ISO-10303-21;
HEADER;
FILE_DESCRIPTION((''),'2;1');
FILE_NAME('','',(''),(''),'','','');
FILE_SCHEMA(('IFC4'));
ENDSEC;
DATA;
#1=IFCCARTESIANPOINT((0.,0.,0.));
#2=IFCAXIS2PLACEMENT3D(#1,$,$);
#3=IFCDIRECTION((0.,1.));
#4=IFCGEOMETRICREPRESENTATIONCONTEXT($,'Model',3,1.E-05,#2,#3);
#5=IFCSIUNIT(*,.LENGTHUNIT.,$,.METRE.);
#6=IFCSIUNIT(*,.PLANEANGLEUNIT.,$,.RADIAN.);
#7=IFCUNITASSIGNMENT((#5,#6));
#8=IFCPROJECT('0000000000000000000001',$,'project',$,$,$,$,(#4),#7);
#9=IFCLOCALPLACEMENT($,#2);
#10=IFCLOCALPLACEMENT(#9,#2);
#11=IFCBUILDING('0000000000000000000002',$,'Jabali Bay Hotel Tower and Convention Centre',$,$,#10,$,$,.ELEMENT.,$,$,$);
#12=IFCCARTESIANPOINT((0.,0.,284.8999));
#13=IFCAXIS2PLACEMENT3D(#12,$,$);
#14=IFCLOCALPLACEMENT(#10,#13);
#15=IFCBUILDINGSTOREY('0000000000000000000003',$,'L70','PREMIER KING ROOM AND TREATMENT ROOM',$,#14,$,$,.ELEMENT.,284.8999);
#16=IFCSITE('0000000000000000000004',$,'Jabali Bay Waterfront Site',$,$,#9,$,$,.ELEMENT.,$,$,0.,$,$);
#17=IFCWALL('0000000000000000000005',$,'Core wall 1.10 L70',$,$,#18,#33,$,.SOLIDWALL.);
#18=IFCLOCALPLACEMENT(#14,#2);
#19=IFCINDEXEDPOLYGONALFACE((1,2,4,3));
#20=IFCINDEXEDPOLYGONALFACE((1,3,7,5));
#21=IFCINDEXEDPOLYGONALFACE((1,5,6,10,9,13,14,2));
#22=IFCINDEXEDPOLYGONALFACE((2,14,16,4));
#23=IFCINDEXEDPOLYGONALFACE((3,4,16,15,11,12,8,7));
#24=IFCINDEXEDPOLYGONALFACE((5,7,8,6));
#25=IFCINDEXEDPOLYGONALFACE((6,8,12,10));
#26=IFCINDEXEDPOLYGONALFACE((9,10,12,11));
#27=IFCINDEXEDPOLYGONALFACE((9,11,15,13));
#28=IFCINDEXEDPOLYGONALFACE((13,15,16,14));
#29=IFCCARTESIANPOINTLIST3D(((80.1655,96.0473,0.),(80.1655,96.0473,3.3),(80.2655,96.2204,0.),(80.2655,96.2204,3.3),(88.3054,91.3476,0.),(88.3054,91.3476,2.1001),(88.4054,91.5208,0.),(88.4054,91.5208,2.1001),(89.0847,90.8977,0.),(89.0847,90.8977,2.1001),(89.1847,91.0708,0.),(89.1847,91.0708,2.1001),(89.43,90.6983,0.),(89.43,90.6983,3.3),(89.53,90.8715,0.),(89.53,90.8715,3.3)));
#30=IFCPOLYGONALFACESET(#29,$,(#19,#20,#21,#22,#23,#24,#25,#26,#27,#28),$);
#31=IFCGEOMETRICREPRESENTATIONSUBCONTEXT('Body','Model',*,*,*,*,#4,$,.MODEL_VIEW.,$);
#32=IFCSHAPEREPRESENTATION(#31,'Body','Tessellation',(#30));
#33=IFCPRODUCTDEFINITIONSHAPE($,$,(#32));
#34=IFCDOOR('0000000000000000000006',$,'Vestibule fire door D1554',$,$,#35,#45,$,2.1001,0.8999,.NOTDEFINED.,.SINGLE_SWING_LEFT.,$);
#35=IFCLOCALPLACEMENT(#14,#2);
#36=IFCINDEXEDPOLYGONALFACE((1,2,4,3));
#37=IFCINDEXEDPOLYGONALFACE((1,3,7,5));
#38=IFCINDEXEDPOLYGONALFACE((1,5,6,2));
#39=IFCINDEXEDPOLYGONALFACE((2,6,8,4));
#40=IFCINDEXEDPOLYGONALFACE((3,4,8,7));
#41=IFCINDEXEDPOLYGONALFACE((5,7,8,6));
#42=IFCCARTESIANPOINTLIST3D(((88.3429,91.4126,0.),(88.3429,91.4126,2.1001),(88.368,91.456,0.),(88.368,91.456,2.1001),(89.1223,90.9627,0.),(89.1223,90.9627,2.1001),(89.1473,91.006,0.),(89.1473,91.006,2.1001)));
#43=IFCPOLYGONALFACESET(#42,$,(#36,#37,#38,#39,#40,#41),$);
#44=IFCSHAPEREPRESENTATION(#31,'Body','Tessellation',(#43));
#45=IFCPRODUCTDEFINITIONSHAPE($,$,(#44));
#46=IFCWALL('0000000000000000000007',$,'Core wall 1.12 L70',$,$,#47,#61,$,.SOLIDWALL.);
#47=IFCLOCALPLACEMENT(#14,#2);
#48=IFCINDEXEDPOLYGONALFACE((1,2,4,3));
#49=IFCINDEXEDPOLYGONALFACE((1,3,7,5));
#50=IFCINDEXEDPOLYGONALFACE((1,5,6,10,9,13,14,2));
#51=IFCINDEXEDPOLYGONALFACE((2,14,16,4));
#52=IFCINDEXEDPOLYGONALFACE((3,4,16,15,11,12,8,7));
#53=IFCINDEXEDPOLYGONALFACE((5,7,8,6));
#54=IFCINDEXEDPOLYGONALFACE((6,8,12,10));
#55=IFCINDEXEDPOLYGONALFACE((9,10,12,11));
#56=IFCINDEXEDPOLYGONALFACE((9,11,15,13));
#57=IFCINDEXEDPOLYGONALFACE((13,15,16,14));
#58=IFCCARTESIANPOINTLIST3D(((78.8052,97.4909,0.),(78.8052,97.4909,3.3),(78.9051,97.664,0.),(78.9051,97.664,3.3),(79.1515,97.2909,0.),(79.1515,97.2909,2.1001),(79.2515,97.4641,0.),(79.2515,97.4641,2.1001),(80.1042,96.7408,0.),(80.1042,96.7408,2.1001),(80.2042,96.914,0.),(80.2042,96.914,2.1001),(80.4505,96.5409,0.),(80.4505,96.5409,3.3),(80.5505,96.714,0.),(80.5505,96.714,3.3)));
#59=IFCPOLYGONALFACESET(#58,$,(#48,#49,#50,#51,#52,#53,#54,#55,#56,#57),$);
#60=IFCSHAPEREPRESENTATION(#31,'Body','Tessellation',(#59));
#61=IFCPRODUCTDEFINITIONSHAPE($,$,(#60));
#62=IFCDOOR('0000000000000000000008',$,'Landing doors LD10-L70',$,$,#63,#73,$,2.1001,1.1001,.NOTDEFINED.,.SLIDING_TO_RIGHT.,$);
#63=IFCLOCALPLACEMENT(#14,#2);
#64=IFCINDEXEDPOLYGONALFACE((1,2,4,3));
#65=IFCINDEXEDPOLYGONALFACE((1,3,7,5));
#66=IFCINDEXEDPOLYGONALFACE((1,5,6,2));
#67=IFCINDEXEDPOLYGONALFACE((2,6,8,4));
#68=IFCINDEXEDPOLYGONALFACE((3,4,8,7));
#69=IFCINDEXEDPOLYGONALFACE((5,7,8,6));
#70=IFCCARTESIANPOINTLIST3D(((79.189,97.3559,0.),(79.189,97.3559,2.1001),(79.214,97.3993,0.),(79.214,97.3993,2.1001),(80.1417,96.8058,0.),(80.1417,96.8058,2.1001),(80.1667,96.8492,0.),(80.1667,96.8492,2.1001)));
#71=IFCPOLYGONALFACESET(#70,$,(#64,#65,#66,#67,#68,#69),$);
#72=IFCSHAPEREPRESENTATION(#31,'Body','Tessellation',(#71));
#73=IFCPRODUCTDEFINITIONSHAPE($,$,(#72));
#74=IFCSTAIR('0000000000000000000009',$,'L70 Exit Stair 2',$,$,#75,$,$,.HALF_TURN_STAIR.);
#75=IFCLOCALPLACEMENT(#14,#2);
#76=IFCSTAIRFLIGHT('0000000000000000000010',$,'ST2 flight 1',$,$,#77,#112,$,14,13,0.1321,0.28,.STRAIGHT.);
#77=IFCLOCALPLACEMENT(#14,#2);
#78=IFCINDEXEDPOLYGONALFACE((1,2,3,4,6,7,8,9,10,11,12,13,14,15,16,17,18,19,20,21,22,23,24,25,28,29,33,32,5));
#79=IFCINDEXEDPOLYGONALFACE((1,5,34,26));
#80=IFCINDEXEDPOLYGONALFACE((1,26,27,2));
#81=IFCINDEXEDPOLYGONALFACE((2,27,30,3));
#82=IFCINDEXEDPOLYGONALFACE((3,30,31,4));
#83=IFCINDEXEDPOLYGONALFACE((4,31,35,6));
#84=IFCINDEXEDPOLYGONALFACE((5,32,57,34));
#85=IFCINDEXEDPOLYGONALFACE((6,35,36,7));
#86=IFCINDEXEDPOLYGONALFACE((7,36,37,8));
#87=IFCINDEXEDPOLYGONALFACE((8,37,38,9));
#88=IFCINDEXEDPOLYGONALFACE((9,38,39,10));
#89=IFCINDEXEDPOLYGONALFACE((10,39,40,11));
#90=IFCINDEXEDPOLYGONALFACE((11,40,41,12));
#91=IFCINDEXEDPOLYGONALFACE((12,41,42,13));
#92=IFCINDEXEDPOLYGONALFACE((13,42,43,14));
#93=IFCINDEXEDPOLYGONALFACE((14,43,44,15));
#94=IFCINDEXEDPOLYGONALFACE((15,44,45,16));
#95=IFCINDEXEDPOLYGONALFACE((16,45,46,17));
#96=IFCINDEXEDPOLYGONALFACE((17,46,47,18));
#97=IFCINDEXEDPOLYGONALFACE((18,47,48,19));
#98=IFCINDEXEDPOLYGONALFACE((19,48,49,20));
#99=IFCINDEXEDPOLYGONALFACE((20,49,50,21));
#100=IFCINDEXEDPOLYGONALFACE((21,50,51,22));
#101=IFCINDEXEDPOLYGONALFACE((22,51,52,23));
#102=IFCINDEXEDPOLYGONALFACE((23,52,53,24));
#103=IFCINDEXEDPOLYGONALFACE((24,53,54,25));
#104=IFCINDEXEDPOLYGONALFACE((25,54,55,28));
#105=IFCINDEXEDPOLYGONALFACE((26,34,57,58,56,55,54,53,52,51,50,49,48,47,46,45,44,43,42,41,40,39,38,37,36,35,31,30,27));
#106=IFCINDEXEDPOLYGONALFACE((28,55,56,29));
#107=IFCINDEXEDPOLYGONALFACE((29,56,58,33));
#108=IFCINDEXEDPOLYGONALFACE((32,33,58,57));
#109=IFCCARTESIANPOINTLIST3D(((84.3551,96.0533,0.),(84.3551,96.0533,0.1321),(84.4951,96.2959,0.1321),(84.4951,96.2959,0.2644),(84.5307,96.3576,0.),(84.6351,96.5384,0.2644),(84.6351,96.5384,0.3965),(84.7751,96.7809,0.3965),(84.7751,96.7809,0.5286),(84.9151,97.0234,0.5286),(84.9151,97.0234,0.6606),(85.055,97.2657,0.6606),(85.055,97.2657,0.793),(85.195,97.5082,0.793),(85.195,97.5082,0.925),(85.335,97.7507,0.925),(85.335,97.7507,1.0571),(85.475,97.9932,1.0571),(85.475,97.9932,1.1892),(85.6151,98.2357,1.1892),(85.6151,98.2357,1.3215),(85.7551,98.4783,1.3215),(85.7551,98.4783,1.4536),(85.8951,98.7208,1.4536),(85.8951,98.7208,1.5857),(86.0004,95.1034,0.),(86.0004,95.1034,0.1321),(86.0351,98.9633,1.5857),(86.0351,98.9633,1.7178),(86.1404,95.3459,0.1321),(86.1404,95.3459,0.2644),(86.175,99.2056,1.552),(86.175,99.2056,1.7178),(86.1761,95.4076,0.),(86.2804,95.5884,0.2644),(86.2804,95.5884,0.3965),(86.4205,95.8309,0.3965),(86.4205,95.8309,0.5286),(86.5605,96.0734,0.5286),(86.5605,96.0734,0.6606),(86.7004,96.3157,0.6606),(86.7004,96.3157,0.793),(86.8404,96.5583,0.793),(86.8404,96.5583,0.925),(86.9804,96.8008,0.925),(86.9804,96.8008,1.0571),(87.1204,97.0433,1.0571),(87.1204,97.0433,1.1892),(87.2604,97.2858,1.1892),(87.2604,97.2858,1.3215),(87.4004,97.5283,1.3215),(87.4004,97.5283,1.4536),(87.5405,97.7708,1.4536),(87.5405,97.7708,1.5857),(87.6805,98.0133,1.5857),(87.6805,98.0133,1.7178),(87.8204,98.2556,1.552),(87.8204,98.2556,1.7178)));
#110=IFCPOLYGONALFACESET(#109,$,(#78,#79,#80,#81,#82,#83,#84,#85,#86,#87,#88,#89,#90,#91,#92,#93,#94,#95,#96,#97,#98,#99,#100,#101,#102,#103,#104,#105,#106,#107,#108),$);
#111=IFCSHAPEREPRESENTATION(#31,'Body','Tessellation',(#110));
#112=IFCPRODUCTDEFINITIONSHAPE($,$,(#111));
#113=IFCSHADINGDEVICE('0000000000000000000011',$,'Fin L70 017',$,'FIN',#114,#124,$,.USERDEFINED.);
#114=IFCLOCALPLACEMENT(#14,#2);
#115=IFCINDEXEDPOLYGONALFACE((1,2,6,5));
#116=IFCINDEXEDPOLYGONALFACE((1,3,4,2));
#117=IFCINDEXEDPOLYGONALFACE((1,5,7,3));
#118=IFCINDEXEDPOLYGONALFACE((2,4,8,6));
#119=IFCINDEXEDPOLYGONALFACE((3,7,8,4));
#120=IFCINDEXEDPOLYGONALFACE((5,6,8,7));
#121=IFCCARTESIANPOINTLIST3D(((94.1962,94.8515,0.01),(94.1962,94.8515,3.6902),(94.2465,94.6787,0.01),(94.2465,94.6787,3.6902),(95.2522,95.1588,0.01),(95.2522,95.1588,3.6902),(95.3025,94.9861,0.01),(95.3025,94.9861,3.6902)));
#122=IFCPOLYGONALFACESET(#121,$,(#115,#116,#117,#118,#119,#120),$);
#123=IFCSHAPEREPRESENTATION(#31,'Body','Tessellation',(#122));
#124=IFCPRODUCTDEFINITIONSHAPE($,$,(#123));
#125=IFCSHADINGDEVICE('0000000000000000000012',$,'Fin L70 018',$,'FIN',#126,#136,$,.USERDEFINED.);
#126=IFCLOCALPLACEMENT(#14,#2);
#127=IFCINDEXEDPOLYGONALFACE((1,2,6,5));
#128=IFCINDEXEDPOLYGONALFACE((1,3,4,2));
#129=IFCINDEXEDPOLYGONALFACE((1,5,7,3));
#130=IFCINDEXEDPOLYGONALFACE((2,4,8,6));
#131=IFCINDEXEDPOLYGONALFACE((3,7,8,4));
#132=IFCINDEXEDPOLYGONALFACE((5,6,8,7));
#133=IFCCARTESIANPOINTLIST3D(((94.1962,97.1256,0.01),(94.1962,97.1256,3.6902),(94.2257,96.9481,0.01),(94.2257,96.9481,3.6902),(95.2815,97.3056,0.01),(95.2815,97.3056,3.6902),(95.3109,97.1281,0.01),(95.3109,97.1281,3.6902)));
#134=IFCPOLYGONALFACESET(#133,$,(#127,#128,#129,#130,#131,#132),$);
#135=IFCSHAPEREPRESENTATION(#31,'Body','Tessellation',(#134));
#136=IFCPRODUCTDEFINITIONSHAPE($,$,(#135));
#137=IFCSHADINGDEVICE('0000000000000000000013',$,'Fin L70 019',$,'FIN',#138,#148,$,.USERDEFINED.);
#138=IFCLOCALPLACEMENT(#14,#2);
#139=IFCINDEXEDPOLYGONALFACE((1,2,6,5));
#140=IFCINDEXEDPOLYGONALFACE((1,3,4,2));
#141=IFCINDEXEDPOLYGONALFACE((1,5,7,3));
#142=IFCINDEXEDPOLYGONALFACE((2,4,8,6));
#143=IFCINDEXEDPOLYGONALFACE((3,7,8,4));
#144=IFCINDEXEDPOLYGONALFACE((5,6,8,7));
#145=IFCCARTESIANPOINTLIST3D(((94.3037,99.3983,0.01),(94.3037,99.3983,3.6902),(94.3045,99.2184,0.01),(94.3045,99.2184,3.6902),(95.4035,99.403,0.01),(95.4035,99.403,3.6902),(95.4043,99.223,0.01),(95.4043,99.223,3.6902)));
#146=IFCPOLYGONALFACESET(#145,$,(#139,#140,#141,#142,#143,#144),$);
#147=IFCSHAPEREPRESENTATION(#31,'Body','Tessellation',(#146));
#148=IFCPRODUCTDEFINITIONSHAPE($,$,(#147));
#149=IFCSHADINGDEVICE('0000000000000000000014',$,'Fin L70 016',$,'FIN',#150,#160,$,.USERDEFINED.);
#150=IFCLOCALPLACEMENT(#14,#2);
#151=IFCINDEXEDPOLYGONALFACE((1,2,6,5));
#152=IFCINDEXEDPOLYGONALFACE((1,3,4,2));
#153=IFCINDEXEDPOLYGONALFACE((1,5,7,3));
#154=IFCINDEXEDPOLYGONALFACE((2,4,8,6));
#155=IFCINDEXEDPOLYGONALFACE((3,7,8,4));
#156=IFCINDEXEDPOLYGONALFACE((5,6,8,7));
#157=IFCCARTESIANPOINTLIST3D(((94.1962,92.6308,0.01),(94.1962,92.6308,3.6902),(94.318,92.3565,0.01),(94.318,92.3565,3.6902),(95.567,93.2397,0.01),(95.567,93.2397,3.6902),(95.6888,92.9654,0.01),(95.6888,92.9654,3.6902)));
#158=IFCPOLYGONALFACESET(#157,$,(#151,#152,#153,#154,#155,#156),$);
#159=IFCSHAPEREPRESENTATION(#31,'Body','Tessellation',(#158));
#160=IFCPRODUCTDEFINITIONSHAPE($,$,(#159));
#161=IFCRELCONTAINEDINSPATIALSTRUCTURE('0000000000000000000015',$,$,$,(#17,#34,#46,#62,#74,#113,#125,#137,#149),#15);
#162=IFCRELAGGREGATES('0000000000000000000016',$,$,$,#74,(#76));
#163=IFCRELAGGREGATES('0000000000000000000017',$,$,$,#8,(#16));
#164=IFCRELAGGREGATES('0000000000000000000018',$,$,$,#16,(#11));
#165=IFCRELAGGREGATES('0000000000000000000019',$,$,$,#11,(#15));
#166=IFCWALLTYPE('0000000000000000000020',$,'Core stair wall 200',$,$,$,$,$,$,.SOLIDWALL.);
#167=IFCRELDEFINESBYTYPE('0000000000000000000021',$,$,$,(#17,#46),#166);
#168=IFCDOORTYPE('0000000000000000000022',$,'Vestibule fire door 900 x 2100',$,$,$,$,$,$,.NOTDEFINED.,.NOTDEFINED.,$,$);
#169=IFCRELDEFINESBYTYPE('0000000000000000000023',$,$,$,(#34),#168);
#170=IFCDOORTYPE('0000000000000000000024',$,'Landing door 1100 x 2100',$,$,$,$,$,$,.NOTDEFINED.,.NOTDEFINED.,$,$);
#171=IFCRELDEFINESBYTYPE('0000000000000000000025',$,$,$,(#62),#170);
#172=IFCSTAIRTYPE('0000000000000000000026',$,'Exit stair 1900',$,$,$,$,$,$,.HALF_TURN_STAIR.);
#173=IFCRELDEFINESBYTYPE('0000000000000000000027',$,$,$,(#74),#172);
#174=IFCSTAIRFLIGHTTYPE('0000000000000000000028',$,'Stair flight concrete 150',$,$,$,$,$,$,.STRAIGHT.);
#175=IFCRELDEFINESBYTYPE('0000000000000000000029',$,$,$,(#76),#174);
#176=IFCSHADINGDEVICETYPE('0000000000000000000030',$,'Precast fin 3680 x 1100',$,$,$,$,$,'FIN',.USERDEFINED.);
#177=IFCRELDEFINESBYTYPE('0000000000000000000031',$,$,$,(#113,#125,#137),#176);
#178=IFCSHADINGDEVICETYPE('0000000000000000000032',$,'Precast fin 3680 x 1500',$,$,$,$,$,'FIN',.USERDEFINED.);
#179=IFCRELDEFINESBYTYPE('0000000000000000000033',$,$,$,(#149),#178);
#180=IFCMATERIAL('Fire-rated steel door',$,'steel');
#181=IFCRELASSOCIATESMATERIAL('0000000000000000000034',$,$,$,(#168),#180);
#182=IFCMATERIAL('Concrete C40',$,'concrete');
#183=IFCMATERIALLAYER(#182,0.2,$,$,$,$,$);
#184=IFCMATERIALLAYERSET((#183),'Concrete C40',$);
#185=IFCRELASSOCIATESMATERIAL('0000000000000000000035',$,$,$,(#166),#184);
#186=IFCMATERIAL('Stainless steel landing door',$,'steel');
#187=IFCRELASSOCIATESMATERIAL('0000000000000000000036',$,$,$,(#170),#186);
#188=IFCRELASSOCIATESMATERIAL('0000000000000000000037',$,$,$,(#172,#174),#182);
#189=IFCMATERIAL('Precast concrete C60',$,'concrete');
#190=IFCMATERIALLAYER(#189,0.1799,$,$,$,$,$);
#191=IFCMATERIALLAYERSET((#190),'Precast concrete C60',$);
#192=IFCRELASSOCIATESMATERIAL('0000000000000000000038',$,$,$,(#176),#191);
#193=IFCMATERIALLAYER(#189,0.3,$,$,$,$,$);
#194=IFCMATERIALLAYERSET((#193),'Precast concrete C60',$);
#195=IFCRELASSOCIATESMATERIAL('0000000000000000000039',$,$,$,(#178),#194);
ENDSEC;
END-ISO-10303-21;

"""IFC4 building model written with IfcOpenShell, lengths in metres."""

from ifc_helpers import new_model, si_unit, direction, frame, frame_2d, origin, place, context, subcontext, project, spatial, polyline, rectangle, outline, extrude, material, layer, layer_set, type_object, element, fill, aggregate, save


model = new_model("IFC4")

# Units and contexts
model_context = context("Model", 3, precision=1e-05, world=origin(), true_north=direction((0.0, 1.0)))
body_context = subcontext(model_context, "Body", "Model", "MODEL_VIEW")
ifc_project = project(units=[si_unit("LENGTHUNIT", "METRE"), si_unit("PLANEANGLEUNIT", "RADIAN")], contexts=[model_context])

# Site, building, storey
site_placement = place(None, origin())
site = spatial("IfcSite", under=ifc_project, at=site_placement, Name="Jabali Bay Waterfront Site", CompositionType="ELEMENT", RefElevation=0.0)
building_placement = place(site_placement, origin())
building = spatial("IfcBuilding", under=site, at=building_placement, Name="Jabali Bay Hotel Tower and Convention Centre", CompositionType="ELEMENT")
storey_placement = place(building_placement, frame((0.0, 0.0, 284.8999)))
storey = spatial("IfcBuildingStorey", under=building, at=storey_placement, Name="L70", Description="PREMIER KING ROOM AND TREATMENT ROOM", CompositionType="ELEMENT", Elevation=284.8999)

# Shared definitions
ifc_material_1 = material(Name="Concrete C40", Category="concrete")
ifc_material_2 = material(Name="Fire-rated steel door", Category="steel")
door_type_1 = type_object("IfcDoorType", Name="Vestibule fire door 900 x 2100", OperationType="NOTDEFINED", PredefinedType="NOTDEFINED", material=ifc_material_2)

# Shared definitions
ifc_layer_1 = layer(ifc_material_1, 0.2)
ifc_layer_set_1 = layer_set([ifc_layer_1], Name="Concrete C40")
wall_type_1 = type_object("IfcWallType", Name="Core stair wall 200", PredefinedType="SOLIDWALL", material=ifc_layer_set_1)

# Walls, openings, doors
wall_1_placement = place(storey_placement, frame((89.48, 90.7849, 0.0), z_axis=(0.0, 0.0, 1.0), x_axis=(-0.866023, 0.500005, 0.0)))
wall_1 = element("IfcWall", 1, at=wall_1_placement, inside=storey, type_object=wall_type_1, Name="Core wall 1.10 L70", PredefinedType="SOLIDWALL", context=body_context, shape_type="SweptSolid", body=[
    extrude(rectangle(XDim=10.6978, YDim=0.2, at=frame_2d((5.3489, 0.0))), origin(), (0.0, 0.0, 1.0), 3.3),
])
opening_1_placement = place(wall_1_placement, frame((0.3987, 0.0, 0.0)))
opening_1 = element("IfcOpeningElement", 2, at=opening_1_placement, cuts=wall_1, PredefinedType="OPENING", context=body_context, shape_type="SweptSolid", body=[
    extrude(rectangle(XDim=0.8999, YDim=2.1001, at=frame_2d((0.45, 1.05))), frame((0.0, 0.1104, 0.0), z_axis=(0.0, -1.0, 0.0), x_axis=(1.0, 0.0, 0.0)), (0.0, 0.0, 1.0), 0.2209),
])
door_1_placement = place(opening_1_placement, origin())
door_1 = element("IfcDoor", 3, at=door_1_placement, inside=storey, type_object=door_type_1, Name="Vestibule fire door D1554", OperationType="SINGLE_SWING_LEFT", OverallHeight=2.1001, OverallWidth=0.8999, PredefinedType="NOTDEFINED", context=body_context, shape_type="SweptSolid", body=[
    extrude(rectangle(XDim=0.8999, YDim=2.1001, at=frame_2d((0.45, 1.05))), frame((0.0, 0.0249, 0.0), z_axis=(0.0, -1.0, 0.0), x_axis=(1.0, 0.0, 0.0)), (0.0, 0.0, 1.0), 0.05),
])
fill(opening_1, door_1)
wall_2_placement = place(storey_placement, frame((80.5005, 96.6274, 0.0), z_axis=(0.0, 0.0, 1.0), x_axis=(-0.866012, 0.500023, 0.0)))
wall_2 = element("IfcWall", 4, at=wall_2_placement, inside=storey, type_object=wall_type_1, Name="Core wall 1.12 L70", PredefinedType="SOLIDWALL", context=body_context, shape_type="SweptSolid", body=[
    extrude(rectangle(XDim=1.8999, YDim=0.2, at=frame_2d((0.95, 0.0))), origin(), (0.0, 0.0, 1.0), 3.3),
])
opening_2_placement = place(wall_2_placement, frame((0.3999, 0.0, 0.0)))
opening_2 = element("IfcOpeningElement", 5, at=opening_2_placement, cuts=wall_2, PredefinedType="OPENING", context=body_context, shape_type="SweptSolid", body=[
    extrude(rectangle(XDim=1.1001, YDim=2.1001, at=frame_2d((0.55, 1.05))), frame((0.0, 0.1104, 0.0), z_axis=(0.0, -1.0, 0.0), x_axis=(1.0, 0.0, 0.0)), (0.0, 0.0, 1.0), 0.2209),
])
ifc_material_3 = material(Name="Stainless steel landing door", Category="steel")
door_type_2 = type_object("IfcDoorType", Name="Landing door 1100 x 2100", OperationType="NOTDEFINED", PredefinedType="NOTDEFINED", material=ifc_material_3)
door_2_placement = place(opening_2_placement, origin())
door_2 = element("IfcDoor", 6, at=door_2_placement, inside=storey, type_object=door_type_2, Name="Landing doors LD10-L70", OperationType="SLIDING_TO_RIGHT", OverallHeight=2.1001, OverallWidth=1.1001, PredefinedType="NOTDEFINED", context=body_context, shape_type="SweptSolid", body=[
    extrude(rectangle(XDim=1.1001, YDim=2.1001, at=frame_2d((0.55, 1.05))), frame((0.0, 0.0249, 0.0), z_axis=(0.0, -1.0, 0.0), x_axis=(1.0, 0.0, 0.0)), (0.0, 0.0, 1.0), 0.05),
])
fill(opening_2, door_2)

# Stair, stair flight
stair_type = type_object("IfcStairType", Name="Exit stair 1900", PredefinedType="HALF_TURN_STAIR", material=ifc_material_1)
stair_placement = place(storey_placement, origin())
stair = element("IfcStair", 7, at=stair_placement, inside=storey, type_object=stair_type, Name="L70 Exit Stair 2", PredefinedType="HALF_TURN_STAIR")
stair_flight_type = type_object("IfcStairFlightType", Name="Stair flight concrete 150", PredefinedType="STRAIGHT", material=ifc_material_1)
stair_flight_placement = place(storey_placement, frame((85.1777, 95.5784, 0.0), z_axis=(0.0, 0.0, 1.0), x_axis=(0.5, 0.866025, 0.0)))
stair_flight = element("IfcStairFlight", 8, at=stair_flight_placement, type_object=stair_flight_type, Name="ST2 flight 1", NumberOfRisers=14, NumberOfTreads=13, PredefinedType="STRAIGHT", RiserHeight=0.1321, TreadLength=0.28, context=body_context, shape_type="SweptSolid", body=[
    extrude(outline(polyline([(0.0, 0.0), (0.0, 0.1321), (0.28, 0.1321), (0.28, 0.2644), (0.5601, 0.2644), (0.5601, 0.3965), (0.8401, 0.3965), (0.8401, 0.5286), (1.1201, 0.5286), (1.1201, 0.6606), (1.3999, 0.6606), (1.3999, 0.793), (1.6799, 0.793), (1.6799, 0.925), (1.96, 0.925), (1.96, 1.0571), (2.24, 1.0571), (2.24, 1.1892), (2.52, 1.1892), (2.52, 1.3215), (2.8, 1.3215), (2.8, 1.4536), (3.0801, 1.4536), (3.0801, 1.5857), (3.3601, 1.5857), (3.3601, 1.7178), (3.6399, 1.7178), (3.6399, 1.8501), (3.6399, 1.552), (0.3513, 0.0), (0.0, 0.0)])), frame((0.0, 0.95, 0.0), z_axis=(0.0, -1.0, 0.0), x_axis=(1.0, 0.0, 0.0)), (0.0, 0.0, 1.0), 1.8999),
])
aggregate(stair, [stair_flight])

# Shading devices
ifc_material_4 = material(Name="Precast concrete C60", Category="concrete")
ifc_layer_2 = layer(ifc_material_4, 0.1799)
ifc_layer_set_2 = layer_set([ifc_layer_2], Name="Precast concrete C60")
shading_device_type_1 = type_object("IfcShadingDeviceType", Name="Precast fin 3680 x 1100", ElementType="FIN", PredefinedType="USERDEFINED", material=ifc_layer_set_2)
shading_device_1_placement = place(storey_placement, frame((94.2214, 94.7651, 0.01), z_axis=(0.0, 0.0, 1.0), x_axis=(0.960164, 0.279437, 0.0)))
element("IfcShadingDevice", 9, at=shading_device_1_placement, inside=storey, type_object=shading_device_type_1, Name="Fin L70 017", ObjectType="FIN", PredefinedType="USERDEFINED", context=body_context, shape_type="SweptSolid", body=[
    extrude(rectangle(XDim=1.0999, YDim=0.1799, at=frame_2d((0.5498, 0.0))), origin(), (0.0, 0.0, 1.0), 3.6802),
])
shading_device_2_placement = place(storey_placement, frame((94.2109, 97.0369, 0.01), z_axis=(0.0, 0.0, 1.0), x_axis=(0.986532, 0.163571, 0.0)))
element("IfcShadingDevice", 10, at=shading_device_2_placement, inside=storey, type_object=shading_device_type_1, Name="Fin L70 018", ObjectType="FIN", PredefinedType="USERDEFINED", context=body_context, shape_type="SweptSolid", body=[
    extrude(rectangle(XDim=1.1001, YDim=0.1799, at=frame_2d((0.55, 0.0))), origin(), (0.0, 0.0, 1.0), 3.6802),
])
shading_device_3_placement = place(storey_placement, frame((94.3042, 99.3083, 0.01), z_axis=(0.0, 0.0, 1.0), x_axis=(0.999991, 0.004217, 0.0)))
element("IfcShadingDevice", 11, at=shading_device_3_placement, inside=storey, type_object=shading_device_type_1, Name="Fin L70 019", ObjectType="FIN", PredefinedType="USERDEFINED", context=body_context, shape_type="SweptSolid", body=[
    extrude(rectangle(XDim=1.0999, YDim=0.1799, at=frame_2d((0.5498, 0.0))), origin(), (0.0, 0.0, 1.0), 3.6802),
])
ifc_layer_3 = layer(ifc_material_4, 0.3)
ifc_layer_set_3 = layer_set([ifc_layer_3], Name="Precast concrete C60")
shading_device_type_2 = type_object("IfcShadingDeviceType", Name="Precast fin 3680 x 1500", ElementType="FIN", PredefinedType="USERDEFINED", material=ifc_layer_set_3)
shading_device_4_placement = place(storey_placement, frame((94.2571, 92.4937, 0.01), z_axis=(0.0, 0.0, 1.0), x_axis=(0.913905, 0.405927, 0.0)))
element("IfcShadingDevice", 12, at=shading_device_4_placement, inside=storey, type_object=shading_device_type_2, Name="Fin L70 016", ObjectType="FIN", PredefinedType="USERDEFINED", context=body_context, shape_type="SweptSolid", body=[
    extrude(rectangle(XDim=1.5, YDim=0.3, at=frame_2d((0.75, 0.0))), origin(), (0.0, 0.0, 1.0), 3.6802),
])

save(model, "model.ifc")
